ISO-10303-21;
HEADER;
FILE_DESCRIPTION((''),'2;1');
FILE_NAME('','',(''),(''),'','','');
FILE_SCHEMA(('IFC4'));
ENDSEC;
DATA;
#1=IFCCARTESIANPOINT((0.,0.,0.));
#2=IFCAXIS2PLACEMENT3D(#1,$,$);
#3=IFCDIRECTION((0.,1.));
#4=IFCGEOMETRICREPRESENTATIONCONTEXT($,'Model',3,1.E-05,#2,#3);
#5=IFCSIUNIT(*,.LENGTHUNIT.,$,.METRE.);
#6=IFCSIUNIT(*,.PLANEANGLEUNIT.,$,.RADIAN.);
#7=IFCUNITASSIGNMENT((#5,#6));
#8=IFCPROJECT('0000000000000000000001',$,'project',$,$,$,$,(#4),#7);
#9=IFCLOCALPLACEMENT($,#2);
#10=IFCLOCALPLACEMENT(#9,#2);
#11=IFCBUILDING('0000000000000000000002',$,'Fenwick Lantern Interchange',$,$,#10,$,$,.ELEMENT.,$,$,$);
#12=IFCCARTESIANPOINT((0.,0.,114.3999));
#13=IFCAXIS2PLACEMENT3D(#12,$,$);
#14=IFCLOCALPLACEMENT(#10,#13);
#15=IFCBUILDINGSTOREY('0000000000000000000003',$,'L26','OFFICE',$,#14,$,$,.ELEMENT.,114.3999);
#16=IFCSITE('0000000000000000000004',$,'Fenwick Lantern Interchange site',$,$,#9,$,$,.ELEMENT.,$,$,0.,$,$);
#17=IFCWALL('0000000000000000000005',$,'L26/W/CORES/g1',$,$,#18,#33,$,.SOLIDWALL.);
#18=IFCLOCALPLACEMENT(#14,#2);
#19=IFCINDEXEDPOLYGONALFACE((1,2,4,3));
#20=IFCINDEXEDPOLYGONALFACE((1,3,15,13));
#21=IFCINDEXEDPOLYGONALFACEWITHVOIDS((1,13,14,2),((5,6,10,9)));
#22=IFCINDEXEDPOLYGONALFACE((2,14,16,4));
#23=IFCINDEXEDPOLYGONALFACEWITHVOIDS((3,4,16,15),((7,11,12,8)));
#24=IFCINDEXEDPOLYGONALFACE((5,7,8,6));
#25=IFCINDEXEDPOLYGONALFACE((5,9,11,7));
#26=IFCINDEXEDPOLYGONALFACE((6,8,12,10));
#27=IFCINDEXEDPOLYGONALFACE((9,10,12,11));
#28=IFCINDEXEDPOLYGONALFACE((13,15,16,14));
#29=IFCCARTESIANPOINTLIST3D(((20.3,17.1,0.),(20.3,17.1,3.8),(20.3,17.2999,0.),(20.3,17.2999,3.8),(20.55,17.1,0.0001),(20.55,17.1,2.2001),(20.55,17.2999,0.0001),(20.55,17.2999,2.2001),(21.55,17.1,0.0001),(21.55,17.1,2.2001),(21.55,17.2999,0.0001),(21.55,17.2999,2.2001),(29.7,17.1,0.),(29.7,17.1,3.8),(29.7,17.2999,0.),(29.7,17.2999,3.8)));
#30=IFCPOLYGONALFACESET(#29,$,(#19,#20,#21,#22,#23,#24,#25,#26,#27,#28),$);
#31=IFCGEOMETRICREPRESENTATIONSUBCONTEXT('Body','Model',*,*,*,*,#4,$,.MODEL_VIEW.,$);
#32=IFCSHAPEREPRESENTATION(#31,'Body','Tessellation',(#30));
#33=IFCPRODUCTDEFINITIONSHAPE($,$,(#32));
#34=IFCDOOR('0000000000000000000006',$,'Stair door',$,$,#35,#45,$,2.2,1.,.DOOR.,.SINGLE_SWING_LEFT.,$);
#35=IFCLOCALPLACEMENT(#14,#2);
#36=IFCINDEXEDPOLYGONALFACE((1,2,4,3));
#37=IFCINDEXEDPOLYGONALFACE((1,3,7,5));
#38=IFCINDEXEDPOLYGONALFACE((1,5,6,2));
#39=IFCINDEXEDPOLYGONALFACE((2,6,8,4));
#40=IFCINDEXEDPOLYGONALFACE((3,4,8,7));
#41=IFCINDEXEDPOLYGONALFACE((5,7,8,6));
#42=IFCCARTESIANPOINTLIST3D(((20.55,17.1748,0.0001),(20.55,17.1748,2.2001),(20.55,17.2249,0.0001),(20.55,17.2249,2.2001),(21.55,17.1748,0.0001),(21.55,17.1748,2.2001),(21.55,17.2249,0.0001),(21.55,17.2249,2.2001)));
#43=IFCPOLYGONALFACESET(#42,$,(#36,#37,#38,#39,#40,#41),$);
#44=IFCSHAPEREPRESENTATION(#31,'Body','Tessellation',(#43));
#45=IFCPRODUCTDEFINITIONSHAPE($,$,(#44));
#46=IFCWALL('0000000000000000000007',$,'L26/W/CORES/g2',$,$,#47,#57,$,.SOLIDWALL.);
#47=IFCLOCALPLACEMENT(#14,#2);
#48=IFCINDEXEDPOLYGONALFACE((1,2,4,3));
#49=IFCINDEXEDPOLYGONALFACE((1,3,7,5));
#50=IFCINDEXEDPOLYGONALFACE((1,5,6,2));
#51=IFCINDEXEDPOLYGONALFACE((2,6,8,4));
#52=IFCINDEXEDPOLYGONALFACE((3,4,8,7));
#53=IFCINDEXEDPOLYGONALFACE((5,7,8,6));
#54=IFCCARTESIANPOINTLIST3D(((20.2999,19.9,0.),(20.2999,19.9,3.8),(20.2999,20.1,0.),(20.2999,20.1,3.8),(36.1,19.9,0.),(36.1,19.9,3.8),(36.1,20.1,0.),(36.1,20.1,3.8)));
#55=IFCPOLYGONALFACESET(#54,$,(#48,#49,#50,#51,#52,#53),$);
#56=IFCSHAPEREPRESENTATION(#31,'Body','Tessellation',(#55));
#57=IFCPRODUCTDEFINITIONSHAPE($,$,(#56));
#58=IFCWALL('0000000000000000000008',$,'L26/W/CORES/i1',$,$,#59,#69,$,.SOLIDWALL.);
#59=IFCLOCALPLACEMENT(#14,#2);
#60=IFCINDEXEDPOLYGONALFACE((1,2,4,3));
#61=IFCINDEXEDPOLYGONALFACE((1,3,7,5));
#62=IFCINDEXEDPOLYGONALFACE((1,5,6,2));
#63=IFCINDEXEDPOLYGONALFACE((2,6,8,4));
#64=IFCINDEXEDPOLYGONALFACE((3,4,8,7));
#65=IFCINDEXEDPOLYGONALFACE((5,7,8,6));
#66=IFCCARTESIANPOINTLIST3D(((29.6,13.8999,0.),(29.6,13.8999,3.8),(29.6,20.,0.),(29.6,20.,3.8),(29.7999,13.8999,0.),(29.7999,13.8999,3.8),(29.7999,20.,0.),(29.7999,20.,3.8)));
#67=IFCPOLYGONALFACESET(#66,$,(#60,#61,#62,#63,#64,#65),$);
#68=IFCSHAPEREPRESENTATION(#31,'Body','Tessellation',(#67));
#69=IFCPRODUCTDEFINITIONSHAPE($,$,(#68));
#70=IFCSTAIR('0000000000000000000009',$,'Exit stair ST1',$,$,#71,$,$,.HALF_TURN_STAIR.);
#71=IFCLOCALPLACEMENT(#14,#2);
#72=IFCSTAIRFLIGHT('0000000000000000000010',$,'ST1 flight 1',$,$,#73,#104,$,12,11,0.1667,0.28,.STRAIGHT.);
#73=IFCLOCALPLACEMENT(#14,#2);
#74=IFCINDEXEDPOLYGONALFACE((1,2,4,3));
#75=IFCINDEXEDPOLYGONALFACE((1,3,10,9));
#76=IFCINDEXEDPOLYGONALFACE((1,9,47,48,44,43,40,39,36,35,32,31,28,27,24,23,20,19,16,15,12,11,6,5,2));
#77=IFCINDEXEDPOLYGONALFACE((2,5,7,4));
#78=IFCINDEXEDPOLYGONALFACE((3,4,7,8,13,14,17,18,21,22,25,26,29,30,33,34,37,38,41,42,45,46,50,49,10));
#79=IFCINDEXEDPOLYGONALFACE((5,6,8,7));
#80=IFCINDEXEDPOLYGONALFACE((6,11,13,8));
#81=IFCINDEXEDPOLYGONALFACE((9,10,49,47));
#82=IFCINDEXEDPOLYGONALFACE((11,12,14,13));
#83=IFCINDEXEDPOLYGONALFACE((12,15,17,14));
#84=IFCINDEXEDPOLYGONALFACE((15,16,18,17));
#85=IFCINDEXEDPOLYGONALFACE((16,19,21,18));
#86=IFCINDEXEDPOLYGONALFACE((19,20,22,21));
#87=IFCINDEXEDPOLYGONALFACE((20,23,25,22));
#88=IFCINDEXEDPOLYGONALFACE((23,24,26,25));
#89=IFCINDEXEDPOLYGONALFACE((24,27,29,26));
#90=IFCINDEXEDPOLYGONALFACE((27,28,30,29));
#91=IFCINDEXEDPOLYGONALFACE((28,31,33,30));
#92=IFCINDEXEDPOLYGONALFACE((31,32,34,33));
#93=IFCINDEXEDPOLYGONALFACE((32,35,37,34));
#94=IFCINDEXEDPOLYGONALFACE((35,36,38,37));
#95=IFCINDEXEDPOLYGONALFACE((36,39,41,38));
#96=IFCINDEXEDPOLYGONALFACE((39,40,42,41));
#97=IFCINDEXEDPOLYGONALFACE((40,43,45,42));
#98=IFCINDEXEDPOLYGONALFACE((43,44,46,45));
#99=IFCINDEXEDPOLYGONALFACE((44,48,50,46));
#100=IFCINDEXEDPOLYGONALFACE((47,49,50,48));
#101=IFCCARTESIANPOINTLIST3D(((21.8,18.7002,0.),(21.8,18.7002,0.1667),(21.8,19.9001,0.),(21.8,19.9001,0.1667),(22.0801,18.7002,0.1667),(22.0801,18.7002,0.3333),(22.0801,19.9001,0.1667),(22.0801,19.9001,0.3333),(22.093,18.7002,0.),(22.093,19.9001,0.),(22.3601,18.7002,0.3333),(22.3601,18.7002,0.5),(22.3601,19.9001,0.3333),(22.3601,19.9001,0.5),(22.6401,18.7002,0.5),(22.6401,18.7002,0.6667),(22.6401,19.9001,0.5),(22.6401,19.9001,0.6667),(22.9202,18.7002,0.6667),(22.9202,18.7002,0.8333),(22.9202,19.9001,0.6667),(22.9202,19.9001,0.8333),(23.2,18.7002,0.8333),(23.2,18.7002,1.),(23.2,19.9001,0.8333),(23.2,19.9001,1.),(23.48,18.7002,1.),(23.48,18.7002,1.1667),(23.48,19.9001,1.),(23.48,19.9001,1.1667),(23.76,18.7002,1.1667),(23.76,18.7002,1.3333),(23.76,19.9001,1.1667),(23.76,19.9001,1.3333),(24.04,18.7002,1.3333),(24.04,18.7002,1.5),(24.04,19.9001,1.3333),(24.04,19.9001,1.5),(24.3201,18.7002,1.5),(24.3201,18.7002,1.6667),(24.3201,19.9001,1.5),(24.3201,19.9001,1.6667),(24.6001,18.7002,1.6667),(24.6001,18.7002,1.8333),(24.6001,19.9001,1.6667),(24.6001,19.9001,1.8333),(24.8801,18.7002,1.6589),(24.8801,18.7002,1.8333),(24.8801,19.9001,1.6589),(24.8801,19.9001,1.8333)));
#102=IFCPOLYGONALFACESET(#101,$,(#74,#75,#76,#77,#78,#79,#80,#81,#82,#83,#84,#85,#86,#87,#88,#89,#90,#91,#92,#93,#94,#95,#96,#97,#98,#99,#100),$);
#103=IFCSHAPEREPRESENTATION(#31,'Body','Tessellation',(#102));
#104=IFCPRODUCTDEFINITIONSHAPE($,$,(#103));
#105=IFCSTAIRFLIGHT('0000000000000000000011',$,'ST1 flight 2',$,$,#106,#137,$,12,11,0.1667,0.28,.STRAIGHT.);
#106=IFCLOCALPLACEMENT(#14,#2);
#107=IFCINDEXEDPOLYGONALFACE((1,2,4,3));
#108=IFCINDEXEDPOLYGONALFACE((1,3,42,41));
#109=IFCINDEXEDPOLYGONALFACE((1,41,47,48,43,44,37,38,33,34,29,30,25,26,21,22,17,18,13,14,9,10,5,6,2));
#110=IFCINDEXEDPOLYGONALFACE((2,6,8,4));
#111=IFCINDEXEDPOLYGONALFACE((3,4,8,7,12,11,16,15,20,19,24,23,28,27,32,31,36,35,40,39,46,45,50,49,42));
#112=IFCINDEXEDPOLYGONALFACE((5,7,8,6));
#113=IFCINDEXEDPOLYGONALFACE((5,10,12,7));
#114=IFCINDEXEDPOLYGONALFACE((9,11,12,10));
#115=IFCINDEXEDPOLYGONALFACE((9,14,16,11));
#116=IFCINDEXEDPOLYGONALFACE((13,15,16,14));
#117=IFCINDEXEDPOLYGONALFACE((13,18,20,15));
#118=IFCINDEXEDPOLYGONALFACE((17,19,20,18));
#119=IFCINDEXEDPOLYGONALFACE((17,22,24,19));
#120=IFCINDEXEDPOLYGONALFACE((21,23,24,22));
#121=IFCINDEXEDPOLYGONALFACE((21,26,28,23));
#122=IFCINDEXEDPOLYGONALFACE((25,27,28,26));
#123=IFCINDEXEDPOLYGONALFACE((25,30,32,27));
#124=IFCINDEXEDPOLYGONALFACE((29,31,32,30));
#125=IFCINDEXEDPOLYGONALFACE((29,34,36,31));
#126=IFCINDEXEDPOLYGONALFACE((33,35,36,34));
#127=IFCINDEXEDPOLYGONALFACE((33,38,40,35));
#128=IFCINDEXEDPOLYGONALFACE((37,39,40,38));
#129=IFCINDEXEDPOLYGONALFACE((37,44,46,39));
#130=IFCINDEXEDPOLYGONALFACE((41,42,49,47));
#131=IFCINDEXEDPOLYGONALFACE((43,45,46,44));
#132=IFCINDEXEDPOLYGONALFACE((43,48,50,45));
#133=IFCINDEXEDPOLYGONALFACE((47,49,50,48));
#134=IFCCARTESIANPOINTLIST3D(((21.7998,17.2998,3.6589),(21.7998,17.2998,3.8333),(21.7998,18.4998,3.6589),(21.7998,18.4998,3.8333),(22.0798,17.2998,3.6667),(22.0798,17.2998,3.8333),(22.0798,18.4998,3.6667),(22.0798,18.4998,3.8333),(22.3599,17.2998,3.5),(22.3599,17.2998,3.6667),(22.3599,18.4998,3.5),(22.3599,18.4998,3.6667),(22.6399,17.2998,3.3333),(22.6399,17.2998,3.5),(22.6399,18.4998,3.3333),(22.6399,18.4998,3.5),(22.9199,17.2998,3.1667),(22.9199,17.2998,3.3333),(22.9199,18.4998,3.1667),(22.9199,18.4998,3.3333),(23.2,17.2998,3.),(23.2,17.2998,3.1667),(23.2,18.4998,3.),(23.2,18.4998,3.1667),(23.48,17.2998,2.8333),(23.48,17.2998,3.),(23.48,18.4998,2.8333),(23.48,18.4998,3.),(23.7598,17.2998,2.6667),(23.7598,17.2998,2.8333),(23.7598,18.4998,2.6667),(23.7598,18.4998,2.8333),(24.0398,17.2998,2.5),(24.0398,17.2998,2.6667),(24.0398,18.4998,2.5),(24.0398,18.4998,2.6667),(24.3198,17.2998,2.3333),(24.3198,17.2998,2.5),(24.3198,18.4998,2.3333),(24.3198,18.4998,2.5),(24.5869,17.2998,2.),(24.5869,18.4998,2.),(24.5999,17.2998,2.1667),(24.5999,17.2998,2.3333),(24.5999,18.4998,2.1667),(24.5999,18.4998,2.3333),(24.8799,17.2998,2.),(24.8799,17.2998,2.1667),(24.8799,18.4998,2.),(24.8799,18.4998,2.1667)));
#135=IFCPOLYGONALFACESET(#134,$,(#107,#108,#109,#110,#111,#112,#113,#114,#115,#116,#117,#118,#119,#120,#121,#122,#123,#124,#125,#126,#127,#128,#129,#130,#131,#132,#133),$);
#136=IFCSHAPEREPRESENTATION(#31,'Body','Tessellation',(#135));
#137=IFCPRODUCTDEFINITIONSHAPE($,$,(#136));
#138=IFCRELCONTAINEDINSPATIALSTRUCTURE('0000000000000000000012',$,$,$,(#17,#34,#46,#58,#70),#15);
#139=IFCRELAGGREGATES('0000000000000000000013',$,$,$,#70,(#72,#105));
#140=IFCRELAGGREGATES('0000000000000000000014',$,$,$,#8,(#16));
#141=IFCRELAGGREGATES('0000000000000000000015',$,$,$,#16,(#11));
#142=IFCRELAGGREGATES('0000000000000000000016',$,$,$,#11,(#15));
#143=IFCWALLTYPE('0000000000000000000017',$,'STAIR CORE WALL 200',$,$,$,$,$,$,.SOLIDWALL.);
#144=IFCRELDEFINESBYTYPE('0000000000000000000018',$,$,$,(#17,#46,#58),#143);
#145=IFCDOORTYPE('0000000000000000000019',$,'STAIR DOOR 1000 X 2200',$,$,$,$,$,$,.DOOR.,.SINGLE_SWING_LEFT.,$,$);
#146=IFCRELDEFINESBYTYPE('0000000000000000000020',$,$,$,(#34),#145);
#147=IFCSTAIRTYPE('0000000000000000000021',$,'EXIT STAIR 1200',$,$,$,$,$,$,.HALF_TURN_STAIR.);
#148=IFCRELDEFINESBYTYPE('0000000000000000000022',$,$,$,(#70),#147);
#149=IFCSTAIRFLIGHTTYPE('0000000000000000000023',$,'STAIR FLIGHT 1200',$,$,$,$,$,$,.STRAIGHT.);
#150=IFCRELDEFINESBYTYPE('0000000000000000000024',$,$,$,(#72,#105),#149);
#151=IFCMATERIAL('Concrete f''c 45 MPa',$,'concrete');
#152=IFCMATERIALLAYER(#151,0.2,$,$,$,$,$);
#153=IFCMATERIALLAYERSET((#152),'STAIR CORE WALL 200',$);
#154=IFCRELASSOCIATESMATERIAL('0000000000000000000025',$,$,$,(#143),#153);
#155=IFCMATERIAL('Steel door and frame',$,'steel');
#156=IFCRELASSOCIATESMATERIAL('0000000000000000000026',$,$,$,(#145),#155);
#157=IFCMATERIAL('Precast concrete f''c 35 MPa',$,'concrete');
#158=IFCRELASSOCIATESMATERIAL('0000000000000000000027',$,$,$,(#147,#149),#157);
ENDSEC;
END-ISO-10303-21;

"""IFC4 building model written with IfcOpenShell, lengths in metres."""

from ifc_helpers import new_model, si_unit, direction, frame, frame_2d, origin, place, context, subcontext, project, spatial, polyline, rectangle, outline, extrude, material, layer, layer_set, type_object, element, fill, aggregate, save


model = new_model("IFC4")

# Units and contexts
model_context = context("Model", 3, precision=1e-05, world=origin(), true_north=direction((0.0, 1.0)))
body_context = subcontext(model_context, "Body", "Model", "MODEL_VIEW")
ifc_project = project(units=[si_unit("LENGTHUNIT", "METRE"), si_unit("PLANEANGLEUNIT", "RADIAN")], contexts=[model_context])

# Site, building, storey
site_placement = place(None, origin())
site = spatial("IfcSite", under=ifc_project, at=site_placement, Name="Fenwick Lantern Interchange site", CompositionType="ELEMENT", RefElevation=0.0)
building_placement = place(site_placement, origin())
building = spatial("IfcBuilding", under=site, at=building_placement, Name="Fenwick Lantern Interchange", CompositionType="ELEMENT")
storey_placement = place(building_placement, frame((0.0, 0.0, 114.3999)))
storey = spatial("IfcBuildingStorey", under=building, at=storey_placement, Name="L26", Description="OFFICE", CompositionType="ELEMENT", Elevation=114.3999)

# Shared definitions
ifc_material_1 = material(Name="Steel door and frame", Category="steel")

# Shared definitions
ifc_material_2 = material(Name="Concrete f'c 45 MPa", Category="concrete")
ifc_layer_1 = layer(ifc_material_2, 0.2)
ifc_layer_set_1 = layer_set([ifc_layer_1], Name="STAIR CORE WALL 200")
wall_type_1 = type_object("IfcWallType", Name="STAIR CORE WALL 200", PredefinedType="SOLIDWALL", material=ifc_layer_set_1)

# Wall, opening, door
wall_1_placement = place(storey_placement, frame((20.3, 17.2, 0.0), z_axis=(0.0, 0.0, 1.0), x_axis=(1.0, 0.0, 0.0)))
wall_1 = element("IfcWall", 1, at=wall_1_placement, inside=storey, type_object=wall_type_1, Name="L26/W/CORES/g1", PredefinedType="SOLIDWALL", context=body_context, shape_type="SweptSolid", body=[
    extrude(rectangle(XDim=9.3999, YDim=0.2, at=frame_2d((4.7, 0.0))), origin(), (0.0, 0.0, 1.0), 3.8),
])
opening_1_placement = place(wall_1_placement, frame((0.25, 0.0, 0.0)))
opening_1 = element("IfcOpeningElement", 2, at=opening_1_placement, cuts=wall_1, PredefinedType="OPENING", context=body_context, shape_type="SweptSolid", body=[
    extrude(rectangle(XDim=1.0, YDim=2.2, at=frame_2d((0.5, 1.1001))), frame((0.0, 0.1099, 0.0), z_axis=(0.0, -1.0, 0.0), x_axis=(1.0, 0.0, 0.0)), (0.0, 0.0, 1.0), 0.22),
])
door_type_1 = type_object("IfcDoorType", Name="STAIR DOOR 1000 X 2200", OperationType="SINGLE_SWING_LEFT", PredefinedType="DOOR", material=ifc_material_1)
door_1_placement = place(opening_1_placement, origin())
door_1 = element("IfcDoor", 3, at=door_1_placement, inside=storey, type_object=door_type_1, Name="Stair door", OperationType="SINGLE_SWING_LEFT", OverallHeight=2.2, OverallWidth=1.0, PredefinedType="DOOR", context=body_context, shape_type="SweptSolid", body=[
    extrude(rectangle(XDim=1.0, YDim=2.2, at=frame_2d((0.5, 1.1001))), frame((0.0, 0.0249, 0.0), z_axis=(0.0, -1.0, 0.0), x_axis=(1.0, 0.0, 0.0)), (0.0, 0.0, 1.0), 0.05),
])
fill(opening_1, door_1)

# Walls
wall_2_placement = place(storey_placement, frame((20.3, 20.0, 0.0), z_axis=(0.0, 0.0, 1.0), x_axis=(1.0, 0.0, 0.0)))
element("IfcWall", 4, at=wall_2_placement, inside=storey, type_object=wall_type_1, Name="L26/W/CORES/g2", PredefinedType="SOLIDWALL", context=body_context, shape_type="SweptSolid", body=[
    extrude(rectangle(XDim=15.8, YDim=0.2, at=frame_2d((7.8999, 0.0))), origin(), (0.0, 0.0, 1.0), 3.8),
])
wall_3_placement = place(storey_placement, frame((29.7, 13.8999, 0.0), z_axis=(0.0, 0.0, 1.0), x_axis=(0.0, 1.0, 0.0)))
element("IfcWall", 5, at=wall_3_placement, inside=storey, type_object=wall_type_1, Name="L26/W/CORES/i1", PredefinedType="SOLIDWALL", context=body_context, shape_type="SweptSolid", body=[
    extrude(rectangle(XDim=6.1001, YDim=0.2, at=frame_2d((3.05, 0.0))), origin(), (0.0, 0.0, 1.0), 3.8),
])

# Stair, stair flights
ifc_material_3 = material(Name="Precast concrete f'c 35 MPa", Category="concrete")
stair_type = type_object("IfcStairType", Name="EXIT STAIR 1200", PredefinedType="HALF_TURN_STAIR", material=ifc_material_3)
stair_placement = place(storey_placement, origin())
stair = element("IfcStair", 6, at=stair_placement, inside=storey, type_object=stair_type, Name="Exit stair ST1", PredefinedType="HALF_TURN_STAIR")
stair_flight_type = type_object("IfcStairFlightType", Name="STAIR FLIGHT 1200", PredefinedType="STRAIGHT", material=ifc_material_3)
stair_flight_1_placement = place(storey_placement, frame((21.8, 19.3, 0.0), z_axis=(0.0, 0.0, 1.0), x_axis=(1.0, 0.0, 0.0)))
stair_flight_1 = element("IfcStairFlight", 7, at=stair_flight_1_placement, type_object=stair_flight_type, Name="ST1 flight 1", NumberOfRisers=12, NumberOfTreads=11, PredefinedType="STRAIGHT", RiserHeight=0.1667, TreadLength=0.28, context=body_context, shape_type="SweptSolid", body=[
    extrude(outline(polyline([(0.0, 0.0), (0.0, 0.1667), (0.28, 0.1667), (0.28, 0.3333), (0.5601, 0.3333), (0.5601, 0.5), (0.8401, 0.5), (0.8401, 0.6667), (1.1201, 0.6667), (1.1201, 0.8333), (1.3999, 0.8333), (1.3999, 1.0), (1.6799, 1.0), (1.6799, 1.1667), (1.96, 1.1667), (1.96, 1.3333), (2.24, 1.3333), (2.24, 1.5), (2.52, 1.5), (2.52, 1.6667), (2.8, 1.6667), (2.8, 1.8333), (3.0801, 1.8333), (3.0801, 2.0), (3.0801, 1.6589), (0.293, 0.0), (0.0, 0.0)])), frame((0.0, 0.6001, 0.0), z_axis=(0.0, -1.0, 0.0), x_axis=(1.0, 0.0, 0.0)), (0.0, 0.0, 1.0), 1.2),
])
stair_flight_2_placement = place(storey_placement, frame((24.8799, 17.8999, 2.0), z_axis=(0.0, 0.0, 1.0), x_axis=(-1.0, 0.0, 0.0)))
stair_flight_2 = element("IfcStairFlight", 8, at=stair_flight_2_placement, type_object=stair_flight_type, Name="ST1 flight 2", NumberOfRisers=12, NumberOfTreads=11, PredefinedType="STRAIGHT", RiserHeight=0.1667, TreadLength=0.28, context=body_context, shape_type="SweptSolid", body=[
    extrude(outline(polyline([(0.0, 0.0), (0.0, 0.1667), (0.28, 0.1667), (0.28, 0.3333), (0.5601, 0.3333), (0.5601, 0.5), (0.8401, 0.5), (0.8401, 0.6667), (1.1201, 0.6667), (1.1201, 0.8333), (1.3999, 0.8333), (1.3999, 1.0), (1.6799, 1.0), (1.6799, 1.1667), (1.96, 1.1667), (1.96, 1.3333), (2.24, 1.3333), (2.24, 1.5), (2.52, 1.5), (2.52, 1.6667), (2.8, 1.6667), (2.8, 1.8333), (3.0801, 1.8333), (3.0801, 2.0), (3.0801, 1.6589), (0.293, 0.0), (0.0, 0.0)])), frame((0.0, 0.6001, 0.0), z_axis=(0.0, -1.0, 0.0), x_axis=(1.0, 0.0, 0.0)), (0.0, 0.0, 1.0), 1.2),
])
aggregate(stair, [stair_flight_1, stair_flight_2])

save(model, "model.ifc")
